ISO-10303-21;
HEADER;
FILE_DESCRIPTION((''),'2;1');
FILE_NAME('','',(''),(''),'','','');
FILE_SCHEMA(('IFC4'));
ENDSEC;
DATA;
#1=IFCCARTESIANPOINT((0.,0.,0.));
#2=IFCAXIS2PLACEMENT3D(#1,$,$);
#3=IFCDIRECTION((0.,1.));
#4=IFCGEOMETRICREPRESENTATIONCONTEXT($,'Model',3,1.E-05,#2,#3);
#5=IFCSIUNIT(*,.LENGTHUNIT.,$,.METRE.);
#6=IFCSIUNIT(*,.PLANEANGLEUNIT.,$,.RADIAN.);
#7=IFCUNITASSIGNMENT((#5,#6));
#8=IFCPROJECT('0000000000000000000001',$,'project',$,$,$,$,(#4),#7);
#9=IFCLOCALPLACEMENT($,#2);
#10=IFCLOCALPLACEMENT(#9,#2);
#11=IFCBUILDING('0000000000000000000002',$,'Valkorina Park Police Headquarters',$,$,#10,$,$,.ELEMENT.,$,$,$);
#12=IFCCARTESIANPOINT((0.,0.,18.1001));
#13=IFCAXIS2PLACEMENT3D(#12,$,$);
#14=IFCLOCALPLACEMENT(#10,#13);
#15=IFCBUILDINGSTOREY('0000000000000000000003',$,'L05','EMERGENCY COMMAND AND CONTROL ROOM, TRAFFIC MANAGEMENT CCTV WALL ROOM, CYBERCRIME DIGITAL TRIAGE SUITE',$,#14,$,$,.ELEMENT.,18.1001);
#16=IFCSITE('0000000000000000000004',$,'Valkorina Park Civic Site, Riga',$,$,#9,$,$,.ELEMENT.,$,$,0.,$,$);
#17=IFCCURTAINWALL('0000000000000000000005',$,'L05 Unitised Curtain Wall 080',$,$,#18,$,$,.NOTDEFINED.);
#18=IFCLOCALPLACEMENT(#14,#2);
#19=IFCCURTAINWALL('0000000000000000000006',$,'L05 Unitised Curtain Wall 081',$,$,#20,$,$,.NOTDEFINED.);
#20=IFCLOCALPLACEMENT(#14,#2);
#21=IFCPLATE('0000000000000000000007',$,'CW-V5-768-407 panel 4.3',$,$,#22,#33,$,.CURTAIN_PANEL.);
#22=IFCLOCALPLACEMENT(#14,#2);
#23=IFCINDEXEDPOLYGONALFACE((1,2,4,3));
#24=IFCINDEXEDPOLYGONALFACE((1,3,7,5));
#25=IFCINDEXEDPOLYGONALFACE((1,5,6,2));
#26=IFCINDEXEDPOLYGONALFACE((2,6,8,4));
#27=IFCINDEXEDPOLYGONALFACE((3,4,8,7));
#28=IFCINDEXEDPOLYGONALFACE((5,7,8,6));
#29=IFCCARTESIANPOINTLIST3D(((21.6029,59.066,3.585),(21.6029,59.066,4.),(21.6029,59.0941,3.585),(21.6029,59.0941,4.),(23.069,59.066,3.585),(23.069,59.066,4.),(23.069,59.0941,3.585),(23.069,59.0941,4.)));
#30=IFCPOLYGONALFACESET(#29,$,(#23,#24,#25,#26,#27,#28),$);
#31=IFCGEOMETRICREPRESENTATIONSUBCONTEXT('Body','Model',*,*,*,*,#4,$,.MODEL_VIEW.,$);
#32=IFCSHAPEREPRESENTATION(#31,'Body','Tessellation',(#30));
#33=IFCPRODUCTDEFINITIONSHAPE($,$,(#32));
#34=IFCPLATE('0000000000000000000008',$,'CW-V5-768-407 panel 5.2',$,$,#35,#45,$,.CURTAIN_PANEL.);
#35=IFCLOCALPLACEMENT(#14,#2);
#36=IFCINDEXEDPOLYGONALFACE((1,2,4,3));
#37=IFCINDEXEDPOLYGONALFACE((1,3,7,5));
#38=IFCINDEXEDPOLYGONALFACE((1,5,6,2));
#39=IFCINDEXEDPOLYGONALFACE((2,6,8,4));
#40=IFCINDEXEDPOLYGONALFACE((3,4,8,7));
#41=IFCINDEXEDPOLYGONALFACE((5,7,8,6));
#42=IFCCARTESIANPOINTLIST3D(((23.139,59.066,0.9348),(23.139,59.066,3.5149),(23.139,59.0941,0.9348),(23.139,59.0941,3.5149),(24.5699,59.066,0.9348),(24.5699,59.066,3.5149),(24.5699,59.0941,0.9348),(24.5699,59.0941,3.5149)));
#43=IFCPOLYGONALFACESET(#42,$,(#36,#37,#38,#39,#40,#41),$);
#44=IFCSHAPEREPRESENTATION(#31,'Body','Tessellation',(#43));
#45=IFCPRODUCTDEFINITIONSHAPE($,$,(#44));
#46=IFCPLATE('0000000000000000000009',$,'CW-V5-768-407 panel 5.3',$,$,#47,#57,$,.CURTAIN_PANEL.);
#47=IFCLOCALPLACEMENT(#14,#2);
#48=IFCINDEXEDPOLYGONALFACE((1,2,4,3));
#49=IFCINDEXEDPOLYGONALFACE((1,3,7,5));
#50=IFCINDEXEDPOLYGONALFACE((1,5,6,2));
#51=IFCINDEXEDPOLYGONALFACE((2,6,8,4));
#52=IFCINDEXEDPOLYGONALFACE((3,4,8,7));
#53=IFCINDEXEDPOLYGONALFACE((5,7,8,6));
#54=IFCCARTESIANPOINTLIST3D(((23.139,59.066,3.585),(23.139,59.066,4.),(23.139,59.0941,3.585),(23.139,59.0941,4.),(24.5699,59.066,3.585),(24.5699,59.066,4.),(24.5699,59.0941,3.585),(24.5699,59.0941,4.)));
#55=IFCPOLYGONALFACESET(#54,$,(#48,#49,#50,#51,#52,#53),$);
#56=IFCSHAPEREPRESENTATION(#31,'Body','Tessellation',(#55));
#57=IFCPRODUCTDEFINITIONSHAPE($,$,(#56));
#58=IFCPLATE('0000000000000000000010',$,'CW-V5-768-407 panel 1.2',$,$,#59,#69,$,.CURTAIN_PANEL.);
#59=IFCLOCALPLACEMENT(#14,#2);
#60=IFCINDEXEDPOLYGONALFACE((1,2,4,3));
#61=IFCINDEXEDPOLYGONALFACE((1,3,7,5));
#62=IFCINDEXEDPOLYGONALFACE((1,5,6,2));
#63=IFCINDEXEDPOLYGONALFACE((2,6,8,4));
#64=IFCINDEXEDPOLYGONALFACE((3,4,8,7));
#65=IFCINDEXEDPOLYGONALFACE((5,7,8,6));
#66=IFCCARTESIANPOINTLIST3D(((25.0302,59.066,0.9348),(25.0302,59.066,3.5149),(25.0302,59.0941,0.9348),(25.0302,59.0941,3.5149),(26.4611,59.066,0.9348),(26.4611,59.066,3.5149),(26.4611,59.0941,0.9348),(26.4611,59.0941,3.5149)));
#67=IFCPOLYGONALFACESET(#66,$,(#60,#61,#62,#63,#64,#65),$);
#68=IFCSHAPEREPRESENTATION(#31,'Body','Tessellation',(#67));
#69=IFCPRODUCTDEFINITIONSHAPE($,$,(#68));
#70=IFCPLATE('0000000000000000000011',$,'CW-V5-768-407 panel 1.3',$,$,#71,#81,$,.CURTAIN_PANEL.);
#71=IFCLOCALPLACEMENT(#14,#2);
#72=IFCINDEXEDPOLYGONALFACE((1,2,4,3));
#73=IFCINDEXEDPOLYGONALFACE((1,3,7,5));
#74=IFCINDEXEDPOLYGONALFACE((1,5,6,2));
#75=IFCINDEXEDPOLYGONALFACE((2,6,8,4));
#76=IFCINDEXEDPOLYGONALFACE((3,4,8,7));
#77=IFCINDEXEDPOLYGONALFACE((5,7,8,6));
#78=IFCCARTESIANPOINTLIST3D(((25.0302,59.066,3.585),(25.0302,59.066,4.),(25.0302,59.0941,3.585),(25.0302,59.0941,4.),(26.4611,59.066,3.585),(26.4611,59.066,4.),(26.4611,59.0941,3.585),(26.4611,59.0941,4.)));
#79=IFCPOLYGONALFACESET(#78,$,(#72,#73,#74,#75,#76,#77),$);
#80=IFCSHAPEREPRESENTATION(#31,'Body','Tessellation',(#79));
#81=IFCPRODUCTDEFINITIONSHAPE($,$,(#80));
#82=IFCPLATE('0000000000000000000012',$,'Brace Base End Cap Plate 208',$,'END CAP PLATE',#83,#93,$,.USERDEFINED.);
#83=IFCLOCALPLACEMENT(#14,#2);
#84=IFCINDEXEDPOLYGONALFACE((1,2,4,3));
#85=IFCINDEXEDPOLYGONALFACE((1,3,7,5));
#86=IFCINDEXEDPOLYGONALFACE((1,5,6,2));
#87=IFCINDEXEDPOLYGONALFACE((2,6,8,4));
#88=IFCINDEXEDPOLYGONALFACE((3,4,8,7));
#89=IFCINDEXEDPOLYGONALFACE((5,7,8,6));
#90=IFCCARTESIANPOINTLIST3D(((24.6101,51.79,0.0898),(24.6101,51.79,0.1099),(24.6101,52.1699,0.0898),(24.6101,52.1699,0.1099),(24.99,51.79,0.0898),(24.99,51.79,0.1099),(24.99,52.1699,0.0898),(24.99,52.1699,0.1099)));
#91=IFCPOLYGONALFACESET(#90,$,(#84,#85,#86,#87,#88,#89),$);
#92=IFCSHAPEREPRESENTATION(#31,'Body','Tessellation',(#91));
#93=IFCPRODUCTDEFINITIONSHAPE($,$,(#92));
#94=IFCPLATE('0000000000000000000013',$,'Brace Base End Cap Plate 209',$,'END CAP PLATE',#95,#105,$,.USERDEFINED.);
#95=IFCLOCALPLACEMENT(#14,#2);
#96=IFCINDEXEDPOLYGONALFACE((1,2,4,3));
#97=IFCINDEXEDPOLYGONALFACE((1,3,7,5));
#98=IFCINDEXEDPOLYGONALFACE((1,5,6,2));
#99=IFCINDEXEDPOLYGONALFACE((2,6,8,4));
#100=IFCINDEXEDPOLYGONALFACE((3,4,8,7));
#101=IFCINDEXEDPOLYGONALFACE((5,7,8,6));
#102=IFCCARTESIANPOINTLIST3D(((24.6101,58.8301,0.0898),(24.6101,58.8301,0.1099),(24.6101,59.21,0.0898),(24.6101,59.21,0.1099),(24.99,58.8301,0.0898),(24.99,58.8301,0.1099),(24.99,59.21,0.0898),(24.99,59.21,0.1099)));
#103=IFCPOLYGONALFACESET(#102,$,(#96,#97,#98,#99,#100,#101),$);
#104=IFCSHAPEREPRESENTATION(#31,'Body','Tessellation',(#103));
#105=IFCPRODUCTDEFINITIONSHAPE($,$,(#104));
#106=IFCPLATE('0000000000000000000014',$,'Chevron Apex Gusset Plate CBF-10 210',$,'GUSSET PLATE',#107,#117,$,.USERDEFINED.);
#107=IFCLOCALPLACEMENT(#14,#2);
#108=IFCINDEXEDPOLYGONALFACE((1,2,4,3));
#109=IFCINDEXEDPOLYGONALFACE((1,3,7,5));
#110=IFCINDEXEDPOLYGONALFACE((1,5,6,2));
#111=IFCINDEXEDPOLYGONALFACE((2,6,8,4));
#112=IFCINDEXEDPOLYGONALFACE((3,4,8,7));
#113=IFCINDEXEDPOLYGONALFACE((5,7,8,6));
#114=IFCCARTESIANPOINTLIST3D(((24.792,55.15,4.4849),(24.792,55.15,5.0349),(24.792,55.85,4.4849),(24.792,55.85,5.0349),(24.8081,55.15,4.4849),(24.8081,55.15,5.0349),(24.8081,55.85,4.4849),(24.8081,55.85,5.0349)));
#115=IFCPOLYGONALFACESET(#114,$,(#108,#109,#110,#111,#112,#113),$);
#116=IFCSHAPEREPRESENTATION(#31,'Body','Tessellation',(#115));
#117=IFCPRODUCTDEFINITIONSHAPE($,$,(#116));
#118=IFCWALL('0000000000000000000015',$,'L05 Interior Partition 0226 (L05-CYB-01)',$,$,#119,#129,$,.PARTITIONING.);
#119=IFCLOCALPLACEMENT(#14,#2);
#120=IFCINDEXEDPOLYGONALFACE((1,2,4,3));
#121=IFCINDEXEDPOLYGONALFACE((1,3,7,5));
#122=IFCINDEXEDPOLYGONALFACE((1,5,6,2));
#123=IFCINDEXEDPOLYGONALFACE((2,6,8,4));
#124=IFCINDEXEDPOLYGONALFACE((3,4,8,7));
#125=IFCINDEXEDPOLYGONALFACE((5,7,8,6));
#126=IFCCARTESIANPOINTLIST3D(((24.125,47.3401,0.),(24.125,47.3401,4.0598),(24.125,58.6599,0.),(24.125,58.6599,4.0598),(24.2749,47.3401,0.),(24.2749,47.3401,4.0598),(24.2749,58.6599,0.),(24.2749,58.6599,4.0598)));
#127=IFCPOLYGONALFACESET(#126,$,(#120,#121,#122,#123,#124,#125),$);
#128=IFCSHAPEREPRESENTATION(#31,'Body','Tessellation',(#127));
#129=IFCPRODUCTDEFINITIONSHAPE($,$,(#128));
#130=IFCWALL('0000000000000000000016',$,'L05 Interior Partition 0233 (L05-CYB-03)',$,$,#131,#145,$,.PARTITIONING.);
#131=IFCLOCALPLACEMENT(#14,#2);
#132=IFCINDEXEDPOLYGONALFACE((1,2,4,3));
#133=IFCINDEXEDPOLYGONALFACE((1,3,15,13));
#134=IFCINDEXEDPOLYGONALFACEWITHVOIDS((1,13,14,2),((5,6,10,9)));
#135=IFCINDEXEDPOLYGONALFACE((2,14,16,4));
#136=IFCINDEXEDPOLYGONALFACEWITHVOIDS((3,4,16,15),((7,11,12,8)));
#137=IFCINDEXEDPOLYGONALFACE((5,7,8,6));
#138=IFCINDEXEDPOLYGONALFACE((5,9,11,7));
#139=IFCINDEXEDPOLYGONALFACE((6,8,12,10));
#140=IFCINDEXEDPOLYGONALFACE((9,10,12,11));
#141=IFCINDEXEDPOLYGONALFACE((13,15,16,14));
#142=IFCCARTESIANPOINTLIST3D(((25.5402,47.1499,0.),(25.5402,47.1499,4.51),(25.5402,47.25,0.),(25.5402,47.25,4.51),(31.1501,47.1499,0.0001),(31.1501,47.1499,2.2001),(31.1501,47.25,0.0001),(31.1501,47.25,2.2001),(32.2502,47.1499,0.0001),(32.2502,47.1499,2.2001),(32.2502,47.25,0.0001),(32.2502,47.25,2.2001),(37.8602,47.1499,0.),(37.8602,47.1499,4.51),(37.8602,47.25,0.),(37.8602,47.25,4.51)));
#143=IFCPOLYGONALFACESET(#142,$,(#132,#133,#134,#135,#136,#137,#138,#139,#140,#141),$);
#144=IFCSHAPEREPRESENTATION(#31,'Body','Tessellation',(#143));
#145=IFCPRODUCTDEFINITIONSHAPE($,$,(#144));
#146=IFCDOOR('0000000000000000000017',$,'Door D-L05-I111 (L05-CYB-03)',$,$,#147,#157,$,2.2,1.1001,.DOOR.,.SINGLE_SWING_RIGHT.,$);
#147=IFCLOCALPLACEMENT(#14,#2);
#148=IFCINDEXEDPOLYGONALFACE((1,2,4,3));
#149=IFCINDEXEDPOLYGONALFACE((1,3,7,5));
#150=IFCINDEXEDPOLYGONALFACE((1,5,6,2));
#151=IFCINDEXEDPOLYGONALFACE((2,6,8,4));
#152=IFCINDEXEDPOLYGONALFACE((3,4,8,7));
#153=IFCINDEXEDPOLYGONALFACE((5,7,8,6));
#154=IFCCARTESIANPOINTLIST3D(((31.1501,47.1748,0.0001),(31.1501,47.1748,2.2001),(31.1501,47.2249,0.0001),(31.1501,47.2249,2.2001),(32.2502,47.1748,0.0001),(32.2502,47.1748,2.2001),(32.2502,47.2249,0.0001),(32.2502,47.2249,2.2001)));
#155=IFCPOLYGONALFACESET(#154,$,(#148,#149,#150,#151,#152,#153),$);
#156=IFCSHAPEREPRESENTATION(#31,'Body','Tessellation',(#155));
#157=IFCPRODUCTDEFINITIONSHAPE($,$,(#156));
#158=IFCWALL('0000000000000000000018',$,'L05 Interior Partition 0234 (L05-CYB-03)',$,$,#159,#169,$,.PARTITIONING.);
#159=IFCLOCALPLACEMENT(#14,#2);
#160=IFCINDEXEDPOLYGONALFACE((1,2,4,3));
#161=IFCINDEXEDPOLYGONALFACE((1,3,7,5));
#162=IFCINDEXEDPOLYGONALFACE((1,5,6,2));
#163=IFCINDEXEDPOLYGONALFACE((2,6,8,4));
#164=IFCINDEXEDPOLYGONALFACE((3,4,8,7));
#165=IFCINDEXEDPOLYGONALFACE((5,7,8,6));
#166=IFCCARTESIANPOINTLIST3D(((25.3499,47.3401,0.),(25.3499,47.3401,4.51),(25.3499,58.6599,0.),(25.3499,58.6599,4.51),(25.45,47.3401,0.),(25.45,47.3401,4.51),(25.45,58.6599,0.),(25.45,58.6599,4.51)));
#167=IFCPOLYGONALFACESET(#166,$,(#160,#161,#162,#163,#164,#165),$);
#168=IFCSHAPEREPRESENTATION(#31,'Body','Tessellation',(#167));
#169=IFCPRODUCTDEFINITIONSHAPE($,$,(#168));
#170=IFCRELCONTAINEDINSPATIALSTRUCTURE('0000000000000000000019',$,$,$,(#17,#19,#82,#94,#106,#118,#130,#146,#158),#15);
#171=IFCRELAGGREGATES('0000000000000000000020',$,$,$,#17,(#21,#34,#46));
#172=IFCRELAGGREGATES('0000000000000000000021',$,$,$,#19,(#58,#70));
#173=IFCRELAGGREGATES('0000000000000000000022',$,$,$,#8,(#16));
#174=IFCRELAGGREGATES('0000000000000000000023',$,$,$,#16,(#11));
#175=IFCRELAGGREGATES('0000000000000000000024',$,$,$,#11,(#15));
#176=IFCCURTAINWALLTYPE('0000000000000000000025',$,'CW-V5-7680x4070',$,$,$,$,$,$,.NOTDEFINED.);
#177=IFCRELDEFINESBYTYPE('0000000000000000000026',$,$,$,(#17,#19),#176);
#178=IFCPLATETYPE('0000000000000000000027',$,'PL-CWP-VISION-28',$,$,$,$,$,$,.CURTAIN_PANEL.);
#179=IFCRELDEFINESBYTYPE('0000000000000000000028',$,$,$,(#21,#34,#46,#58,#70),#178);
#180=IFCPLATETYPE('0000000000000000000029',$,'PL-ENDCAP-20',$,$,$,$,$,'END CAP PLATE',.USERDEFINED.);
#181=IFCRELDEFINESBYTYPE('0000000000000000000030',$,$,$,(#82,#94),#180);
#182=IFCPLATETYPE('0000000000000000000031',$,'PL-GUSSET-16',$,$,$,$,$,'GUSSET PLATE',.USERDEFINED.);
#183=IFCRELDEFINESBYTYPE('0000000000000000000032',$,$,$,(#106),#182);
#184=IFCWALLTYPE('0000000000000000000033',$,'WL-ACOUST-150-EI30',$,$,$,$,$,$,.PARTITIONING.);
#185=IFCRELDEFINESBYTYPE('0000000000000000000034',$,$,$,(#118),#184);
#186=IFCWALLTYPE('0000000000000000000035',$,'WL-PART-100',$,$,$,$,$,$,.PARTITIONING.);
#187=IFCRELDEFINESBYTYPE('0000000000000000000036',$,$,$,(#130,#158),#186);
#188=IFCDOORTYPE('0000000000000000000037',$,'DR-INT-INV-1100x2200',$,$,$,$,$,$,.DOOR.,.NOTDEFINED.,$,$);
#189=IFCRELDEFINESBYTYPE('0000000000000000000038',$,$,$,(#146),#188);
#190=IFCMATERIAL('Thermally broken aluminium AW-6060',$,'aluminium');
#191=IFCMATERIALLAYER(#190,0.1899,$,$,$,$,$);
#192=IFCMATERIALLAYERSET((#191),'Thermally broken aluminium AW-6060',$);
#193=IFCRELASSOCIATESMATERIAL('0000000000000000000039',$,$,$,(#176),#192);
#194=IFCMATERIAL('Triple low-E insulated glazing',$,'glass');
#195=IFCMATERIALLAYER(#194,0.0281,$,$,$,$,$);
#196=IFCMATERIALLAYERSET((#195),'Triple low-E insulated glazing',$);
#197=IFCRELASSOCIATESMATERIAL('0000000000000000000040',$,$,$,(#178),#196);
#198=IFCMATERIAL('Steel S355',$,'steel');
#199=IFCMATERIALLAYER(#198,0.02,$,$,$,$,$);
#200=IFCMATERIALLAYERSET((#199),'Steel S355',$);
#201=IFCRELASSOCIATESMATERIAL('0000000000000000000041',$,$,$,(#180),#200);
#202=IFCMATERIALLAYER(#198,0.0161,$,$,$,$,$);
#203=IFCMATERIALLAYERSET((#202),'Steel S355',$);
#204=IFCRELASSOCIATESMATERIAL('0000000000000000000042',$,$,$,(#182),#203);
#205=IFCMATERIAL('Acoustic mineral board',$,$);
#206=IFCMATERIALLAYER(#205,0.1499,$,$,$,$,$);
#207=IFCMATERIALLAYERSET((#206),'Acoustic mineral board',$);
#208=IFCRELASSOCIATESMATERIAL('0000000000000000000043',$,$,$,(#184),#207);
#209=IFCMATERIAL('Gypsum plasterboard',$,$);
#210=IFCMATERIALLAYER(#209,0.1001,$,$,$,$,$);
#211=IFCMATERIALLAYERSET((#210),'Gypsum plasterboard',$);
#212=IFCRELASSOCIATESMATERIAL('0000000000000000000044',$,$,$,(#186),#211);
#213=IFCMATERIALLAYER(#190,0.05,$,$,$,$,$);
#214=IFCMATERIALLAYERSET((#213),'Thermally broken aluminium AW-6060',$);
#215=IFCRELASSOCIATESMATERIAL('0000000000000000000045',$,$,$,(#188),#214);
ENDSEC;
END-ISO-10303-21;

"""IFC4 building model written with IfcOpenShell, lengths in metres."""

from ifc_helpers import new_model, si_unit, direction, frame, frame_2d, origin, origin_2d, place, context, subcontext, project, spatial, rectangle, extrude, material, layer, layer_set, type_object, element, fill, aggregate, save


model = new_model("IFC4")

# Units and contexts
model_context = context("Model", 3, precision=1e-05, world=origin(), true_north=direction((0.0, 1.0)))
body_context = subcontext(model_context, "Body", "Model", "MODEL_VIEW")
ifc_project = project(units=[si_unit("LENGTHUNIT", "METRE"), si_unit("PLANEANGLEUNIT", "RADIAN")], contexts=[model_context])

# Site, building, storey
site_placement = place(None, origin())
site = spatial("IfcSite", under=ifc_project, at=site_placement, Name="Valkorina Park Civic Site, Riga", CompositionType="ELEMENT", RefElevation=0.0)
building_placement = place(site_placement, origin())
building = spatial("IfcBuilding", under=site, at=building_placement, Name="Valkorina Park Police Headquarters", CompositionType="ELEMENT")
storey_placement = place(building_placement, frame((0.0, 0.0, 18.1001)))
storey = spatial("IfcBuildingStorey", under=building, at=storey_placement, Name="L05", Description="EMERGENCY COMMAND AND CONTROL ROOM, TRAFFIC MANAGEMENT CCTV WALL ROOM, CYBERCRIME DIGITAL TRIAGE SUITE", CompositionType="ELEMENT", Elevation=18.1001)

# Shared definitions
ifc_material_1 = material(Name="Steel S355", Category="steel")

# Curtain walls
ifc_material_2 = material(Name="Thermally broken aluminium AW-6060", Category="aluminium")
ifc_layer_1 = layer(ifc_material_2, 0.1899)
ifc_layer_set_1 = layer_set([ifc_layer_1], Name="Thermally broken aluminium AW-6060")
curtain_wall_type = type_object("IfcCurtainWallType", Name="CW-V5-7680x4070", PredefinedType="NOTDEFINED", material=ifc_layer_set_1)
curtain_wall_1_placement = place(storey_placement, origin())
curtain_wall_1 = element("IfcCurtainWall", 1, at=curtain_wall_1_placement, inside=storey, type_object=curtain_wall_type, Name="L05 Unitised Curtain Wall 080", PredefinedType="NOTDEFINED")
curtain_wall_2_placement = place(storey_placement, origin())
curtain_wall_2 = element("IfcCurtainWall", 2, at=curtain_wall_2_placement, inside=storey, type_object=curtain_wall_type, Name="L05 Unitised Curtain Wall 081", PredefinedType="NOTDEFINED")

# Plates
ifc_material_3 = material(Name="Triple low-E insulated glazing", Category="glass")
ifc_layer_2 = layer(ifc_material_3, 0.0281)
ifc_layer_set_2 = layer_set([ifc_layer_2], Name="Triple low-E insulated glazing")
plate_type_1 = type_object("IfcPlateType", Name="PL-CWP-VISION-28", PredefinedType="CURTAIN_PANEL", material=ifc_layer_set_2)
plate_1_placement = place(storey_placement, frame((22.3359, 59.0801, 3.585), z_axis=(0.0, 0.0, 1.0), x_axis=(1.0, 0.0, 0.0)))
plate_1 = element("IfcPlate", 3, at=plate_1_placement, type_object=plate_type_1, Name="CW-V5-768-407 panel 4.3", PredefinedType="CURTAIN_PANEL", context=body_context, shape_type="SweptSolid", body=[
    extrude(rectangle(XDim=1.4661, YDim=0.0281, at=origin_2d()), origin(), (0.0, 0.0, 1.0), 0.415),
])
plate_2_placement = place(storey_placement, frame((23.8545, 59.0801, 0.9348), z_axis=(0.0, 0.0, 1.0), x_axis=(1.0, 0.0, 0.0)))
plate_2 = element("IfcPlate", 4, at=plate_2_placement, type_object=plate_type_1, Name="CW-V5-768-407 panel 5.2", PredefinedType="CURTAIN_PANEL", context=body_context, shape_type="SweptSolid", body=[
    extrude(rectangle(XDim=1.4309, YDim=0.0281, at=origin_2d()), origin(), (0.0, 0.0, 1.0), 2.5801),
])
plate_3_placement = place(storey_placement, frame((23.8545, 59.0801, 3.585), z_axis=(0.0, 0.0, 1.0), x_axis=(1.0, 0.0, 0.0)))
plate_3 = element("IfcPlate", 5, at=plate_3_placement, type_object=plate_type_1, Name="CW-V5-768-407 panel 5.3", PredefinedType="CURTAIN_PANEL", context=body_context, shape_type="SweptSolid", body=[
    extrude(rectangle(XDim=1.4309, YDim=0.0281, at=origin_2d()), origin(), (0.0, 0.0, 1.0), 0.415),
])
aggregate(curtain_wall_1, [plate_1, plate_2, plate_3])
plate_4_placement = place(storey_placement, frame((25.7456, 59.0801, 0.9348), z_axis=(0.0, 0.0, 1.0), x_axis=(1.0, 0.0, 0.0)))
plate_4 = element("IfcPlate", 6, at=plate_4_placement, type_object=plate_type_1, Name="CW-V5-768-407 panel 1.2", PredefinedType="CURTAIN_PANEL", context=body_context, shape_type="SweptSolid", body=[
    extrude(rectangle(XDim=1.4309, YDim=0.0281, at=origin_2d()), origin(), (0.0, 0.0, 1.0), 2.5801),
])
plate_5_placement = place(storey_placement, frame((25.7456, 59.0801, 3.585), z_axis=(0.0, 0.0, 1.0), x_axis=(1.0, 0.0, 0.0)))
plate_5 = element("IfcPlate", 7, at=plate_5_placement, type_object=plate_type_1, Name="CW-V5-768-407 panel 1.3", PredefinedType="CURTAIN_PANEL", context=body_context, shape_type="SweptSolid", body=[
    extrude(rectangle(XDim=1.4309, YDim=0.0281, at=origin_2d()), origin(), (0.0, 0.0, 1.0), 0.415),
])
aggregate(curtain_wall_2, [plate_4, plate_5])

# Plates
ifc_layer_3 = layer(ifc_material_1, 0.02)
ifc_layer_set_3 = layer_set([ifc_layer_3], Name="Steel S355")
plate_type_2 = type_object("IfcPlateType", Name="PL-ENDCAP-20", ElementType="END CAP PLATE", PredefinedType="USERDEFINED", material=ifc_layer_set_3)
for number, where, z_axis, x_axis, name in (
    (8, (24.8, 51.98, 0.0898), (0.0, 0.0, 1.0), (1.0, 0.0, 0.0), "Brace Base End Cap Plate 208"),
    (9, (24.8, 59.02, 0.0898), (0.0, 0.0, 1.0), (1.0, 0.0, 0.0), "Brace Base End Cap Plate 209"),
):
    element("IfcPlate", number, at=place(storey_placement, frame(where, z_axis=z_axis, x_axis=x_axis)), inside=storey, type_object=plate_type_2, Name=name, ObjectType="END CAP PLATE", PredefinedType="USERDEFINED", context=body_context, shape_type="SweptSolid", body=[
        extrude(rectangle(XDim=0.3799, YDim=0.3799, at=origin_2d()), origin(), (0.0, 0.0, 1.0), 0.02),
    ])
ifc_layer_4 = layer(ifc_material_1, 0.0161)
ifc_layer_set_4 = layer_set([ifc_layer_4], Name="Steel S355")
plate_type_3 = type_object("IfcPlateType", Name="PL-GUSSET-16", ElementType="GUSSET PLATE", PredefinedType="USERDEFINED", material=ifc_layer_set_4)
plate_6_placement = place(storey_placement, frame((24.8, 55.5, 4.4849), z_axis=(0.0, 0.0, 1.0), x_axis=(1.0, 0.0, 0.0)))
element("IfcPlate", 10, at=plate_6_placement, inside=storey, type_object=plate_type_3, Name="Chevron Apex Gusset Plate CBF-10 210", ObjectType="GUSSET PLATE", PredefinedType="USERDEFINED", context=body_context, shape_type="SweptSolid", body=[
    extrude(rectangle(XDim=0.0161, YDim=0.7, at=origin_2d()), origin(), (0.0, 0.0, 1.0), 0.55),
])

# Wall
ifc_material_4 = material(Name="Acoustic mineral board")
ifc_layer_5 = layer(ifc_material_4, 0.1499)
ifc_layer_set_5 = layer_set([ifc_layer_5], Name="Acoustic mineral board")
wall_type_1 = type_object("IfcWallType", Name="WL-ACOUST-150-EI30", PredefinedType="PARTITIONING", material=ifc_layer_set_5)
wall_1_placement = place(storey_placement, frame((24.2, 47.3401, 0.0), z_axis=(0.0, 0.0, 1.0), x_axis=(0.0, 1.0, 0.0)))
element("IfcWall", 11, at=wall_1_placement, inside=storey, type_object=wall_type_1, Name="L05 Interior Partition 0226 (L05-CYB-01)", PredefinedType="PARTITIONING", context=body_context, shape_type="SweptSolid", body=[
    extrude(rectangle(XDim=11.3198, YDim=0.1499, at=frame_2d((5.6599, 0.0))), origin(), (0.0, 0.0, 1.0), 4.0598),
])

# Wall, opening, door
ifc_material_5 = material(Name="Gypsum plasterboard")
ifc_layer_6 = layer(ifc_material_5, 0.1001)
ifc_layer_set_6 = layer_set([ifc_layer_6], Name="Gypsum plasterboard")
wall_type_2 = type_object("IfcWallType", Name="WL-PART-100", PredefinedType="PARTITIONING", material=ifc_layer_set_6)
wall_2_placement = place(storey_placement, frame((25.54, 47.2, 0.0), z_axis=(0.0, 0.0, 1.0), x_axis=(1.0, 0.0, 0.0)))
wall_2 = element("IfcWall", 12, at=wall_2_placement, inside=storey, type_object=wall_type_2, Name="L05 Interior Partition 0233 (L05-CYB-03)", PredefinedType="PARTITIONING", context=body_context, shape_type="SweptSolid", body=[
    extrude(rectangle(XDim=12.3201, YDim=0.1001, at=frame_2d((6.1602, 0.0))), origin(), (0.0, 0.0, 1.0), 4.51),
])
opening_placement = place(wall_2_placement, frame((5.6101, 0.0, 0.0)))
opening = element("IfcOpeningElement", 13, at=opening_placement, cuts=wall_2, PredefinedType="OPENING", context=body_context, shape_type="SweptSolid", body=[
    extrude(rectangle(XDim=1.1001, YDim=2.2, at=frame_2d((0.55, 1.1001))), frame((0.0, 0.0601, 0.0), z_axis=(0.0, -1.0, 0.0), x_axis=(1.0, 0.0, 0.0)), (0.0, 0.0, 1.0), 0.1201),
])
ifc_layer_7 = layer(ifc_material_2, 0.05)
ifc_layer_set_7 = layer_set([ifc_layer_7], Name="Thermally broken aluminium AW-6060")
door_type = type_object("IfcDoorType", Name="DR-INT-INV-1100x2200", OperationType="NOTDEFINED", PredefinedType="DOOR", material=ifc_layer_set_7)
door_placement = place(opening_placement, origin())
door = element("IfcDoor", 14, at=door_placement, inside=storey, type_object=door_type, Name="Door D-L05-I111 (L05-CYB-03)", OperationType="SINGLE_SWING_RIGHT", OverallHeight=2.2, OverallWidth=1.1001, PredefinedType="DOOR", context=body_context, shape_type="SweptSolid", body=[
    extrude(rectangle(XDim=1.1001, YDim=2.2, at=frame_2d((0.55, 1.1001))), frame((0.0, 0.0249, 0.0), z_axis=(0.0, -1.0, 0.0), x_axis=(1.0, 0.0, 0.0)), (0.0, 0.0, 1.0), 0.05),
])
fill(opening, door)

# Wall
wall_3_placement = place(storey_placement, frame((25.3999, 47.3401, 0.0), z_axis=(0.0, 0.0, 1.0), x_axis=(0.0, 1.0, 0.0)))
element("IfcWall", 15, at=wall_3_placement, inside=storey, type_object=wall_type_2, Name="L05 Interior Partition 0234 (L05-CYB-03)", PredefinedType="PARTITIONING", context=body_context, shape_type="SweptSolid", body=[
    extrude(rectangle(XDim=11.3198, YDim=0.1001, at=frame_2d((5.6599, 0.0))), origin(), (0.0, 0.0, 1.0), 4.51),
])

save(model, "model.ifc")
